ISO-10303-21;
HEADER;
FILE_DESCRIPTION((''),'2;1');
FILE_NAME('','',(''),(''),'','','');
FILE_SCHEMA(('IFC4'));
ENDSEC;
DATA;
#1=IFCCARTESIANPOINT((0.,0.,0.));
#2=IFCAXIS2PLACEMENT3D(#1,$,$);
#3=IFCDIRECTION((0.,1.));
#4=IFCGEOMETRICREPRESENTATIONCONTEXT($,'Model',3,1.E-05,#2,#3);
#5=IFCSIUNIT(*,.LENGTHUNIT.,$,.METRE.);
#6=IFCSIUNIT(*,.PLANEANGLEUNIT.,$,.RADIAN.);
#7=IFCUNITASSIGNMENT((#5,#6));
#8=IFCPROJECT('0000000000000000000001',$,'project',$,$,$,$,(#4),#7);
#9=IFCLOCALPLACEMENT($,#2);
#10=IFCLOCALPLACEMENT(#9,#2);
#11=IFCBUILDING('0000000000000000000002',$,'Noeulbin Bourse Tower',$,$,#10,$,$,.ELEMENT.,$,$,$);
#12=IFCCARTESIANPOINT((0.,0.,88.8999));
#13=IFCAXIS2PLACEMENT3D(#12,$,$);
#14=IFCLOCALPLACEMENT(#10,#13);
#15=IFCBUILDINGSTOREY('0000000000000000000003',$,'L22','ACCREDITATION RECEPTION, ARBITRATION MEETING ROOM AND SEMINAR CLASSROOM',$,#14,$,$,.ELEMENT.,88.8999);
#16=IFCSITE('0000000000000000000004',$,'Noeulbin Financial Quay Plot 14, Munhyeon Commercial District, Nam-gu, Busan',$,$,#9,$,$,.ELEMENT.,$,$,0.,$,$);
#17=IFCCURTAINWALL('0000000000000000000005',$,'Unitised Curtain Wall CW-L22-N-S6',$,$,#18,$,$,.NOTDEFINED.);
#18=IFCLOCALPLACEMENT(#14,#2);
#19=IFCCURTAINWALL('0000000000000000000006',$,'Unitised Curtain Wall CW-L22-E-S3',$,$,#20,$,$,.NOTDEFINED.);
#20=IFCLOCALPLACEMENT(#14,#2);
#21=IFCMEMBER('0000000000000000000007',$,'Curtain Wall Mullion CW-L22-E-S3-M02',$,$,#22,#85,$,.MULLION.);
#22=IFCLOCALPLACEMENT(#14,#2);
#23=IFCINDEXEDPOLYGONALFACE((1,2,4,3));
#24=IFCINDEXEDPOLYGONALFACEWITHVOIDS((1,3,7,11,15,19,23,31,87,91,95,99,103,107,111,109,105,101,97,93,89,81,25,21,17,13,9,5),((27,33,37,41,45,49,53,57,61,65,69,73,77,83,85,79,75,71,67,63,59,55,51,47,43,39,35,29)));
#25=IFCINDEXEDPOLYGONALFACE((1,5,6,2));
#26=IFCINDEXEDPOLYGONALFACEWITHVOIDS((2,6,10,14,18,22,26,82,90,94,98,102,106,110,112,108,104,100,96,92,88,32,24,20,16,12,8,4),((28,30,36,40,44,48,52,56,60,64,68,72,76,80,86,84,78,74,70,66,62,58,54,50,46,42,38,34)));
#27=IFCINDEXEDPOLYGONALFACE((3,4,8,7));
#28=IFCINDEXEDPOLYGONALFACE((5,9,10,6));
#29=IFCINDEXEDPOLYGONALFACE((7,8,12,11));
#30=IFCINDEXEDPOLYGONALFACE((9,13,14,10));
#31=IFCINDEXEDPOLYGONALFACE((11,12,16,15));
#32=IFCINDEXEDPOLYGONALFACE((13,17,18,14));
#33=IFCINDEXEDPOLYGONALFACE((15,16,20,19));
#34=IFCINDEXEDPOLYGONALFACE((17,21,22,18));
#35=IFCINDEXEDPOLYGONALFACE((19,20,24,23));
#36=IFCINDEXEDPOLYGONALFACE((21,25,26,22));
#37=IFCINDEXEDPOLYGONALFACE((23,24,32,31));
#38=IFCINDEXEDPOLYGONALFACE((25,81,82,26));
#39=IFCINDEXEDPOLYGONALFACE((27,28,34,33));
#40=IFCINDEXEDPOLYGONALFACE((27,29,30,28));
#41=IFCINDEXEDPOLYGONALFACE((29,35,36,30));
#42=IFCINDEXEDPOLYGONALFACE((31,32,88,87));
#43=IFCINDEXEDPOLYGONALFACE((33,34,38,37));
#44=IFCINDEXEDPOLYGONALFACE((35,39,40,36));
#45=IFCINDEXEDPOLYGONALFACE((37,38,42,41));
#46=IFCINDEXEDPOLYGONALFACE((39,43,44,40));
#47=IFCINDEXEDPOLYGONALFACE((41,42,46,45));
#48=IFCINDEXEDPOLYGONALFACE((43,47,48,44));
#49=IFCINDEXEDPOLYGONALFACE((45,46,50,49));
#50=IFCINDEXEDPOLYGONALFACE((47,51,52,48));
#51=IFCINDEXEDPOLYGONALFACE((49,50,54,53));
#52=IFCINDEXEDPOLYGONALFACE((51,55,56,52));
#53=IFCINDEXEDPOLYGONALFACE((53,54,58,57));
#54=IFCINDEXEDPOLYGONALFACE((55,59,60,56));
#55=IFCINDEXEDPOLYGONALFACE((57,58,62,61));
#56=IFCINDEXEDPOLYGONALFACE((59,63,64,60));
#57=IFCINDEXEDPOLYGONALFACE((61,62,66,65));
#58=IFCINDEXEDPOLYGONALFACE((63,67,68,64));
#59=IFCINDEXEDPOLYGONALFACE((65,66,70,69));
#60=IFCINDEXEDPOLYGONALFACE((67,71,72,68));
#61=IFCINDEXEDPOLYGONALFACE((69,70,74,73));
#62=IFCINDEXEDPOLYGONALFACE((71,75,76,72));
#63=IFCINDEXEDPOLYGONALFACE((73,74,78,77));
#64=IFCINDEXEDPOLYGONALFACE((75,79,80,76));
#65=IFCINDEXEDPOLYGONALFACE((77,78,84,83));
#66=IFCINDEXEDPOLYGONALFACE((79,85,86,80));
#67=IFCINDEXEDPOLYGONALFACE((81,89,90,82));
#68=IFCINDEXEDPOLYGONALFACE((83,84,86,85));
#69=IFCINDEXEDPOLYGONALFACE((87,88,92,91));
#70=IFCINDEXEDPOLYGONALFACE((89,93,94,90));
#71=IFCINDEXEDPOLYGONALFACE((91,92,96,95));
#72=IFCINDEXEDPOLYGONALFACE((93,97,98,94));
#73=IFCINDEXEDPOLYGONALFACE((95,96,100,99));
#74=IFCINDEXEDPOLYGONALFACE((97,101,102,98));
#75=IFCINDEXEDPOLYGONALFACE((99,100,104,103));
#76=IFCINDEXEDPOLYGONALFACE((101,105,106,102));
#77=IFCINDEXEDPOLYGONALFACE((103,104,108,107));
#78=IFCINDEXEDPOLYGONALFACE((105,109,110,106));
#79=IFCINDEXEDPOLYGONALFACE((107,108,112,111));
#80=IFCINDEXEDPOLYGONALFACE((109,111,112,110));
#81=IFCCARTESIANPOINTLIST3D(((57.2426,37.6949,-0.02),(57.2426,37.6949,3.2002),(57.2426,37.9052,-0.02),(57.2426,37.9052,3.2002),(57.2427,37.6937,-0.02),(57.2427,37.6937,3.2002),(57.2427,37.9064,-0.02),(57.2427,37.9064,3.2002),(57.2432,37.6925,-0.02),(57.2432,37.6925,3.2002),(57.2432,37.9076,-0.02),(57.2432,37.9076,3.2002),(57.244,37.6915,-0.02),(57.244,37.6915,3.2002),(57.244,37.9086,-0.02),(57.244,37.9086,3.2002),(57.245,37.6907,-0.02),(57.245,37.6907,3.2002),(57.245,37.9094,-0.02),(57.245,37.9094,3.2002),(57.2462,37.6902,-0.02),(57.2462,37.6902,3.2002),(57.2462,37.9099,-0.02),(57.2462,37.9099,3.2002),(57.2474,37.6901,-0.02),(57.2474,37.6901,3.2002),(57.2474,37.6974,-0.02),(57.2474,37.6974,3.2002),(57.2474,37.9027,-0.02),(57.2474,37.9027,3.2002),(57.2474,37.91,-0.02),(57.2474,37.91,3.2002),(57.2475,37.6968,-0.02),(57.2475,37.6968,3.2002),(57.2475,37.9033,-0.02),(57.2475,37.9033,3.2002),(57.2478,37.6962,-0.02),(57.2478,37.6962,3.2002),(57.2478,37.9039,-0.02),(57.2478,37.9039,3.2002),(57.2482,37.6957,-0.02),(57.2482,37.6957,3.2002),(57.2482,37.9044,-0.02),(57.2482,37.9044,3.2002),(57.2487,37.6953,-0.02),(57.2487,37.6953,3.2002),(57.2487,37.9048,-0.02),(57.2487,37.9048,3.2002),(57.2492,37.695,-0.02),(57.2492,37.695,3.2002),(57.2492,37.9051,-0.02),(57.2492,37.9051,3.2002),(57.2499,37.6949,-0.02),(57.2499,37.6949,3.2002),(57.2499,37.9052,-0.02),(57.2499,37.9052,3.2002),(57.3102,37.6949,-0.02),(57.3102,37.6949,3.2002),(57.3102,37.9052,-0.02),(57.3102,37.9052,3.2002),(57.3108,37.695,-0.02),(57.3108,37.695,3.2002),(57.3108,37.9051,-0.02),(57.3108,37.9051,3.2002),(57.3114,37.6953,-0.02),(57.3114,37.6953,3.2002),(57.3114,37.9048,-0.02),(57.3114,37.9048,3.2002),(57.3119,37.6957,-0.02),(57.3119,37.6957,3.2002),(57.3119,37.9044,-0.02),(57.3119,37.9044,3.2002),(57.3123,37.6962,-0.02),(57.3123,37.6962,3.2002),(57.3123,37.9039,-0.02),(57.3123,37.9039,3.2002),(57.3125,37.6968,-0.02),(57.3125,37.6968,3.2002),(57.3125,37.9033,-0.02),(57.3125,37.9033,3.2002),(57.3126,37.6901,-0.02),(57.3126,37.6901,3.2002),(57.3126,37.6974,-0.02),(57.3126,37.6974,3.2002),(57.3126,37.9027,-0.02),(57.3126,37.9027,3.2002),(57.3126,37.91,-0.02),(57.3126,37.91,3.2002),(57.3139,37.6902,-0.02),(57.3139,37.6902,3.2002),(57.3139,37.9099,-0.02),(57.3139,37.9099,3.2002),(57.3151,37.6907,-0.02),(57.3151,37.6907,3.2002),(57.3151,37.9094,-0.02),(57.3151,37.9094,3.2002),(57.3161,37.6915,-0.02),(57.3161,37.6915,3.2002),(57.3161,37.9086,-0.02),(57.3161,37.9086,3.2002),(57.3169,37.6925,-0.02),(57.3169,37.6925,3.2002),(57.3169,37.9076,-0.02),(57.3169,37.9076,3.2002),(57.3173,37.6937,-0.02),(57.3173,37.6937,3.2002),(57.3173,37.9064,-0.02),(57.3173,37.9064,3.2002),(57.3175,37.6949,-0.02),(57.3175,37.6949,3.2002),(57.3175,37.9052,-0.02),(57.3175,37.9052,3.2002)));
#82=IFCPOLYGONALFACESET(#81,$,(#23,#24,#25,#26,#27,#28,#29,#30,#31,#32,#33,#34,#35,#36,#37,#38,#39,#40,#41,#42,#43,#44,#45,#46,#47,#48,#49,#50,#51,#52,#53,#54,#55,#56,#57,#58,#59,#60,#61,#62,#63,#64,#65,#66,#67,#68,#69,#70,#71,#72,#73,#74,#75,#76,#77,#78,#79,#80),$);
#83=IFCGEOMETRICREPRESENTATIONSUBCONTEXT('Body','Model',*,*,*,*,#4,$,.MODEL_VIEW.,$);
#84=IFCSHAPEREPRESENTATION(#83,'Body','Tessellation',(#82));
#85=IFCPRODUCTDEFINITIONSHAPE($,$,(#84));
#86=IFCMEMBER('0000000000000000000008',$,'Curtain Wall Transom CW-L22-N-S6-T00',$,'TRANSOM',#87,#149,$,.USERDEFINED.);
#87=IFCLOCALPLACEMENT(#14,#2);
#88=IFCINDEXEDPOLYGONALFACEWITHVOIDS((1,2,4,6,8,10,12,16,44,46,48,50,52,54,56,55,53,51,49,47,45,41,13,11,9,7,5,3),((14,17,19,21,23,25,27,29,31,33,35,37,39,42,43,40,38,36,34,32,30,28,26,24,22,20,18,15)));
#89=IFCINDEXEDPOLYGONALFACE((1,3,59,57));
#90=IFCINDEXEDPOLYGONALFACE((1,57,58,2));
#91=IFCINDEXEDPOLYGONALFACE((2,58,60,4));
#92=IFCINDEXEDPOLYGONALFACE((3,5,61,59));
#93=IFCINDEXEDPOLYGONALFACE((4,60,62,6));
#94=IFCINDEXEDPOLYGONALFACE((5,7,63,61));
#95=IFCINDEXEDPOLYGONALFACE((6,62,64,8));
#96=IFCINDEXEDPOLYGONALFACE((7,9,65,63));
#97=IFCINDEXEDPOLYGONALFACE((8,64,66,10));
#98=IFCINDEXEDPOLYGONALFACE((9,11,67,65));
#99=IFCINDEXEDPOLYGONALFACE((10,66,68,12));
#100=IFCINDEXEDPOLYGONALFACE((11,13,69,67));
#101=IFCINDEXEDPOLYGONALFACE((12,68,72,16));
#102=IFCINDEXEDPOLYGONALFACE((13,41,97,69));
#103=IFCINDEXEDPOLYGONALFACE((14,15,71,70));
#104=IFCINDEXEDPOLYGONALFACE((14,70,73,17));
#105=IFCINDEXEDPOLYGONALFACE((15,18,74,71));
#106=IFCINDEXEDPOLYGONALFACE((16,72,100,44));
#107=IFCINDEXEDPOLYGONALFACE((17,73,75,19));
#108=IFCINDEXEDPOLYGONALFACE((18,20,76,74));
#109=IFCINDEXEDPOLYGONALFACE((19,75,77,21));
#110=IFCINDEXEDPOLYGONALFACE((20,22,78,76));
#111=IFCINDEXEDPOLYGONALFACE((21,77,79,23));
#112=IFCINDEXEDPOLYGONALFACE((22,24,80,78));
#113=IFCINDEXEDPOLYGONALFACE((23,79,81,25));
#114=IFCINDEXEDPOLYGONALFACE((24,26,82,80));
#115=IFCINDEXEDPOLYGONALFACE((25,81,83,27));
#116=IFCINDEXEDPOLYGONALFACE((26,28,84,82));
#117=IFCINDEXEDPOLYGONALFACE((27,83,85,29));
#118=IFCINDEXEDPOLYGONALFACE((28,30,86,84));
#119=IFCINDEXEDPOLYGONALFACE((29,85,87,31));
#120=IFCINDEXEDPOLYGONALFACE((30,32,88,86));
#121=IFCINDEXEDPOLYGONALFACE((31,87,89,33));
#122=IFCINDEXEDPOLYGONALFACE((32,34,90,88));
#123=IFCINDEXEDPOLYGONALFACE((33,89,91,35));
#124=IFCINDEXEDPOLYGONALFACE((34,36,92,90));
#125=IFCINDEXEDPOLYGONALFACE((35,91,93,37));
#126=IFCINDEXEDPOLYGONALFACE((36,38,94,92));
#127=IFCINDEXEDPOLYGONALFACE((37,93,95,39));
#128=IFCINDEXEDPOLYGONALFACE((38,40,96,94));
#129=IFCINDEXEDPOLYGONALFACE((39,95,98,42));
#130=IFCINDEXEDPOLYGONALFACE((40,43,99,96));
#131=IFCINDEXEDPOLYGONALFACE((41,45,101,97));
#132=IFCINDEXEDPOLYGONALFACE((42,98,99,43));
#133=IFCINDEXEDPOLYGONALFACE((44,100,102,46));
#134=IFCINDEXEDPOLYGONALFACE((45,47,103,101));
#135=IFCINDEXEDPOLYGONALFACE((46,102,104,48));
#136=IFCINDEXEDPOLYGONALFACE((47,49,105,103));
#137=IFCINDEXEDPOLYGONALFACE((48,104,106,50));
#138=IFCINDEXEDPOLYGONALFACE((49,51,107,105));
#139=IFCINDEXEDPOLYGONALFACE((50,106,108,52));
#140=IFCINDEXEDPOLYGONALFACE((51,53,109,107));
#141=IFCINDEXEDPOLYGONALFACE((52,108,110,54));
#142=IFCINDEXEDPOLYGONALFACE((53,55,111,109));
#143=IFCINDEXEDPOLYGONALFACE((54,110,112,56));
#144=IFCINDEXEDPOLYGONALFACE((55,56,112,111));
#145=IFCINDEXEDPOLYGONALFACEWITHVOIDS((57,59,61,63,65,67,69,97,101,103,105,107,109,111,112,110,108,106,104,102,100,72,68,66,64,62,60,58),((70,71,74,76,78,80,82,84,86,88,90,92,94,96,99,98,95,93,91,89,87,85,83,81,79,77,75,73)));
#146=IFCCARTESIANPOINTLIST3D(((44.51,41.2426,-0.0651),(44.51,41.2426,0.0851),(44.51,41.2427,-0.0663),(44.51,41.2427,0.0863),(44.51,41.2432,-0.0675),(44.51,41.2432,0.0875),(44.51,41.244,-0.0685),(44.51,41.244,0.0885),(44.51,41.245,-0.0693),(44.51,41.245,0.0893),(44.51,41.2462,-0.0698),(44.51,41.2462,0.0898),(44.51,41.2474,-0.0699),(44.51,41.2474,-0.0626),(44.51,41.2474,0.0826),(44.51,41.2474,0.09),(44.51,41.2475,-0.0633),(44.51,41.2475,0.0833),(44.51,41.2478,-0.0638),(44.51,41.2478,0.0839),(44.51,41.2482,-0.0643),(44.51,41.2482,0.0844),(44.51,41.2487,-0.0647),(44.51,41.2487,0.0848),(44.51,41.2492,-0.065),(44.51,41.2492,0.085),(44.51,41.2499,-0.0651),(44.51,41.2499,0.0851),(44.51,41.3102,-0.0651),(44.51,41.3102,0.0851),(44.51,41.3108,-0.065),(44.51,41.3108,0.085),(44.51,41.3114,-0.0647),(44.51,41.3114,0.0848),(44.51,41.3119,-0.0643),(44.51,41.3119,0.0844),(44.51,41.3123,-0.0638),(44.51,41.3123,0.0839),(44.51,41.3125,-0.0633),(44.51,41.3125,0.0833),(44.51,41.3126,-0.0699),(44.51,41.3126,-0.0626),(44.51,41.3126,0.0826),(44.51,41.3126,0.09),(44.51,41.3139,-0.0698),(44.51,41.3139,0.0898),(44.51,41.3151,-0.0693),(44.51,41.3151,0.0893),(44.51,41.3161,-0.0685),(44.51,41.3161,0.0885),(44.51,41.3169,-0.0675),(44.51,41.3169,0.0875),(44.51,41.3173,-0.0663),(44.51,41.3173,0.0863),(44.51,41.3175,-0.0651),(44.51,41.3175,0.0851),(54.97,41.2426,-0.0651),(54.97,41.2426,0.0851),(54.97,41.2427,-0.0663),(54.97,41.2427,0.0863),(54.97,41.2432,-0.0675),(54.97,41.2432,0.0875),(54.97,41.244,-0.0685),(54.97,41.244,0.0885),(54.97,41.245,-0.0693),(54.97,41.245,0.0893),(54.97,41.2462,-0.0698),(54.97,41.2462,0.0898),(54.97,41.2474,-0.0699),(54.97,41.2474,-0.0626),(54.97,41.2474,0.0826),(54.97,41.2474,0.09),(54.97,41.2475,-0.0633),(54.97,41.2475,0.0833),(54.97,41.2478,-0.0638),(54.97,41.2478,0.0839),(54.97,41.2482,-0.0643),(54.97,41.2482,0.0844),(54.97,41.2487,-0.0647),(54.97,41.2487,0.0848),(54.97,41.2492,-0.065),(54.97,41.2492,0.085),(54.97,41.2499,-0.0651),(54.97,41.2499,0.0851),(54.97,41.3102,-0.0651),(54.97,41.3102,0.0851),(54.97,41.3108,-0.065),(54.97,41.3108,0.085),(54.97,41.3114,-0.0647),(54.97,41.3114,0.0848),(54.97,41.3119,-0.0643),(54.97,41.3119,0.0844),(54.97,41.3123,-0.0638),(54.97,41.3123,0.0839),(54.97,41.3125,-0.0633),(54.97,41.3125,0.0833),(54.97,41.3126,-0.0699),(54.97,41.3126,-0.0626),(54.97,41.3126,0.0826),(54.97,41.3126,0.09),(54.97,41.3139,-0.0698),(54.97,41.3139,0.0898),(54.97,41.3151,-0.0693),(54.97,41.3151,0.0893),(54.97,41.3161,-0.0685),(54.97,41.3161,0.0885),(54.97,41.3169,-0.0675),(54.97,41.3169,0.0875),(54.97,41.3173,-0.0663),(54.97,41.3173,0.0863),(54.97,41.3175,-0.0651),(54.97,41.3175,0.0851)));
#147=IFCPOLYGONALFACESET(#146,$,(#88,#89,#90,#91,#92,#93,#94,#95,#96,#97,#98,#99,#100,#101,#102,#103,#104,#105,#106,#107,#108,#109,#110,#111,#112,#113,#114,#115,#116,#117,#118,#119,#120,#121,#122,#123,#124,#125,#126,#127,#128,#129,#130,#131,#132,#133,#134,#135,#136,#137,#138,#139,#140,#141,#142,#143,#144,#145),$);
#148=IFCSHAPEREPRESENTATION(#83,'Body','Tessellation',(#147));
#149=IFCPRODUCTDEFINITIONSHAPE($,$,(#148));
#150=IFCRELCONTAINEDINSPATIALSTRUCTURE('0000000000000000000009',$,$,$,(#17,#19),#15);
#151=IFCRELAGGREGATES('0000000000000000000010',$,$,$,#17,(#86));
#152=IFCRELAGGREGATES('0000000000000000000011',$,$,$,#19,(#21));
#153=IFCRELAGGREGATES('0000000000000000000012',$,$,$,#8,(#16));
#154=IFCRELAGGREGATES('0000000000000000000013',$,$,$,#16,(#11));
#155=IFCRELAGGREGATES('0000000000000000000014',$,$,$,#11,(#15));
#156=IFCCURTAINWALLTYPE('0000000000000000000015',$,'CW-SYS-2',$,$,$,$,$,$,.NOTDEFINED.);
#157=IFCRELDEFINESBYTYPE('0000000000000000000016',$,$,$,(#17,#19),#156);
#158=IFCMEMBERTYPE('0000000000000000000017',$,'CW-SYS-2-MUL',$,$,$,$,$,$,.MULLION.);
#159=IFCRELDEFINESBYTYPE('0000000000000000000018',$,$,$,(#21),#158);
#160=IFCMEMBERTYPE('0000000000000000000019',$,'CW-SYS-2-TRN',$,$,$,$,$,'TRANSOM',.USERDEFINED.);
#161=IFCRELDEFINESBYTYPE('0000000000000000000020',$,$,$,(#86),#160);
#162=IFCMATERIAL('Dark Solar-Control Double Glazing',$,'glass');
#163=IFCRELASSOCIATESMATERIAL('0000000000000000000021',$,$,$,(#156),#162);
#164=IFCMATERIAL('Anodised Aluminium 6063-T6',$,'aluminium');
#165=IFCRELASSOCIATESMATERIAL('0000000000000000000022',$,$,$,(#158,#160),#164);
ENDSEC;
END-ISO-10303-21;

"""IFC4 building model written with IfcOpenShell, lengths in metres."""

from ifc_helpers import new_model, si_unit, direction, frame, origin, origin_2d, place, context, subcontext, project, spatial, hollow_rectangle, extrude, material, material_profile, profile_set, type_object, element, aggregate, save


model = new_model("IFC4")

# Units and contexts
model_context = context("Model", 3, precision=1e-05, world=origin(), true_north=direction((0.0, 1.0)))
body_context = subcontext(model_context, "Body", "Model", "MODEL_VIEW")
ifc_project = project(units=[si_unit("LENGTHUNIT", "METRE"), si_unit("PLANEANGLEUNIT", "RADIAN")], contexts=[model_context])

# Site, building, storey
site_placement = place(None, origin())
site = spatial("IfcSite", under=ifc_project, at=site_placement, Name="Noeulbin Financial Quay Plot 14, Munhyeon Commercial District, Nam-gu, Busan", CompositionType="ELEMENT", RefElevation=0.0)
building_placement = place(site_placement, origin())
building = spatial("IfcBuilding", under=site, at=building_placement, Name="Noeulbin Bourse Tower", CompositionType="ELEMENT")
storey_placement = place(building_placement, frame((0.0, 0.0, 88.8999)))
storey = spatial("IfcBuildingStorey", under=building, at=storey_placement, Name="L22", Description="ACCREDITATION RECEPTION, ARBITRATION MEETING ROOM AND SEMINAR CLASSROOM", CompositionType="ELEMENT", Elevation=88.8999)

# Shared definitions
ifc_material_1 = material(Name="Dark Solar-Control Double Glazing", Category="glass")
curtain_wall_type = type_object("IfcCurtainWallType", Name="CW-SYS-2", PredefinedType="NOTDEFINED", material=ifc_material_1)
ifc_material_2 = material(Name="Anodised Aluminium 6063-T6", Category="aluminium")
ifc_material_profile_1 = material_profile(ifc_material_2, hollow_rectangle(XDim=0.075, YDim=0.22, WallThickness=0.0049, InnerFilletRadius=0.0024, OuterFilletRadius=0.0049, at=origin_2d()), Name="ALU-MULL-75x220x5", Category="LoadBearing")
ifc_profile_set_1 = profile_set([ifc_material_profile_1], Name="Anodised Aluminium 6063-T6")
member_type_1 = type_object("IfcMemberType", Name="CW-SYS-2-MUL", PredefinedType="MULLION", material=ifc_profile_set_1)

# Curtain wall
curtain_wall_1_placement = place(storey_placement, origin())
curtain_wall_1 = element("IfcCurtainWall", 1, at=curtain_wall_1_placement, inside=storey, type_object=curtain_wall_type, Name="Unitised Curtain Wall CW-L22-N-S6", PredefinedType="NOTDEFINED")

# Curtain wall, member
curtain_wall_2_placement = place(storey_placement, origin())
curtain_wall_2 = element("IfcCurtainWall", 2, at=curtain_wall_2_placement, inside=storey, type_object=curtain_wall_type, Name="Unitised Curtain Wall CW-L22-E-S3", PredefinedType="NOTDEFINED")
member_1_placement = place(storey_placement, frame((57.28, 37.8, -0.02), z_axis=(0.0, 0.0, 1.0), x_axis=(1.0, 0.0, 0.0)))
member_1 = element("IfcMember", 3, at=member_1_placement, type_object=member_type_1, Name="Curtain Wall Mullion CW-L22-E-S3-M02", PredefinedType="MULLION", context=body_context, shape_type="SweptSolid", body=[
    extrude(hollow_rectangle(XDim=0.075, YDim=0.22, WallThickness=0.0049, InnerFilletRadius=0.0024, OuterFilletRadius=0.0049, at=origin_2d()), origin(), (0.0, 0.0, 1.0), 3.2202),
])

# Member
ifc_material_profile_2 = material_profile(ifc_material_2, hollow_rectangle(XDim=0.075, YDim=0.1599, WallThickness=0.0049, InnerFilletRadius=0.0024, OuterFilletRadius=0.0049, at=origin_2d()), Name="ALU-TRAN-75x160x5", Category="LoadBearing")
ifc_profile_set_2 = profile_set([ifc_material_profile_2], Name="Anodised Aluminium 6063-T6")
member_type_2 = type_object("IfcMemberType", Name="CW-SYS-2-TRN", ElementType="TRANSOM", PredefinedType="USERDEFINED", material=ifc_profile_set_2)
member_2_placement = place(storey_placement, frame((44.51, 41.28, 0.01), z_axis=(1.0, 0.0, 0.0), x_axis=(0.0, 1.0, 0.0)))
member_2 = element("IfcMember", 4, at=member_2_placement, type_object=member_type_2, Name="Curtain Wall Transom CW-L22-N-S6-T00", ObjectType="TRANSOM", PredefinedType="USERDEFINED", context=body_context, shape_type="SweptSolid", body=[
    extrude(hollow_rectangle(XDim=0.075, YDim=0.1599, WallThickness=0.0049, InnerFilletRadius=0.0024, OuterFilletRadius=0.0049, at=origin_2d()), origin(), (0.0, 0.0, 1.0), 10.46),
])

aggregate(curtain_wall_1, [member_2])
aggregate(curtain_wall_2, [member_1])

save(model, "model.ifc")
